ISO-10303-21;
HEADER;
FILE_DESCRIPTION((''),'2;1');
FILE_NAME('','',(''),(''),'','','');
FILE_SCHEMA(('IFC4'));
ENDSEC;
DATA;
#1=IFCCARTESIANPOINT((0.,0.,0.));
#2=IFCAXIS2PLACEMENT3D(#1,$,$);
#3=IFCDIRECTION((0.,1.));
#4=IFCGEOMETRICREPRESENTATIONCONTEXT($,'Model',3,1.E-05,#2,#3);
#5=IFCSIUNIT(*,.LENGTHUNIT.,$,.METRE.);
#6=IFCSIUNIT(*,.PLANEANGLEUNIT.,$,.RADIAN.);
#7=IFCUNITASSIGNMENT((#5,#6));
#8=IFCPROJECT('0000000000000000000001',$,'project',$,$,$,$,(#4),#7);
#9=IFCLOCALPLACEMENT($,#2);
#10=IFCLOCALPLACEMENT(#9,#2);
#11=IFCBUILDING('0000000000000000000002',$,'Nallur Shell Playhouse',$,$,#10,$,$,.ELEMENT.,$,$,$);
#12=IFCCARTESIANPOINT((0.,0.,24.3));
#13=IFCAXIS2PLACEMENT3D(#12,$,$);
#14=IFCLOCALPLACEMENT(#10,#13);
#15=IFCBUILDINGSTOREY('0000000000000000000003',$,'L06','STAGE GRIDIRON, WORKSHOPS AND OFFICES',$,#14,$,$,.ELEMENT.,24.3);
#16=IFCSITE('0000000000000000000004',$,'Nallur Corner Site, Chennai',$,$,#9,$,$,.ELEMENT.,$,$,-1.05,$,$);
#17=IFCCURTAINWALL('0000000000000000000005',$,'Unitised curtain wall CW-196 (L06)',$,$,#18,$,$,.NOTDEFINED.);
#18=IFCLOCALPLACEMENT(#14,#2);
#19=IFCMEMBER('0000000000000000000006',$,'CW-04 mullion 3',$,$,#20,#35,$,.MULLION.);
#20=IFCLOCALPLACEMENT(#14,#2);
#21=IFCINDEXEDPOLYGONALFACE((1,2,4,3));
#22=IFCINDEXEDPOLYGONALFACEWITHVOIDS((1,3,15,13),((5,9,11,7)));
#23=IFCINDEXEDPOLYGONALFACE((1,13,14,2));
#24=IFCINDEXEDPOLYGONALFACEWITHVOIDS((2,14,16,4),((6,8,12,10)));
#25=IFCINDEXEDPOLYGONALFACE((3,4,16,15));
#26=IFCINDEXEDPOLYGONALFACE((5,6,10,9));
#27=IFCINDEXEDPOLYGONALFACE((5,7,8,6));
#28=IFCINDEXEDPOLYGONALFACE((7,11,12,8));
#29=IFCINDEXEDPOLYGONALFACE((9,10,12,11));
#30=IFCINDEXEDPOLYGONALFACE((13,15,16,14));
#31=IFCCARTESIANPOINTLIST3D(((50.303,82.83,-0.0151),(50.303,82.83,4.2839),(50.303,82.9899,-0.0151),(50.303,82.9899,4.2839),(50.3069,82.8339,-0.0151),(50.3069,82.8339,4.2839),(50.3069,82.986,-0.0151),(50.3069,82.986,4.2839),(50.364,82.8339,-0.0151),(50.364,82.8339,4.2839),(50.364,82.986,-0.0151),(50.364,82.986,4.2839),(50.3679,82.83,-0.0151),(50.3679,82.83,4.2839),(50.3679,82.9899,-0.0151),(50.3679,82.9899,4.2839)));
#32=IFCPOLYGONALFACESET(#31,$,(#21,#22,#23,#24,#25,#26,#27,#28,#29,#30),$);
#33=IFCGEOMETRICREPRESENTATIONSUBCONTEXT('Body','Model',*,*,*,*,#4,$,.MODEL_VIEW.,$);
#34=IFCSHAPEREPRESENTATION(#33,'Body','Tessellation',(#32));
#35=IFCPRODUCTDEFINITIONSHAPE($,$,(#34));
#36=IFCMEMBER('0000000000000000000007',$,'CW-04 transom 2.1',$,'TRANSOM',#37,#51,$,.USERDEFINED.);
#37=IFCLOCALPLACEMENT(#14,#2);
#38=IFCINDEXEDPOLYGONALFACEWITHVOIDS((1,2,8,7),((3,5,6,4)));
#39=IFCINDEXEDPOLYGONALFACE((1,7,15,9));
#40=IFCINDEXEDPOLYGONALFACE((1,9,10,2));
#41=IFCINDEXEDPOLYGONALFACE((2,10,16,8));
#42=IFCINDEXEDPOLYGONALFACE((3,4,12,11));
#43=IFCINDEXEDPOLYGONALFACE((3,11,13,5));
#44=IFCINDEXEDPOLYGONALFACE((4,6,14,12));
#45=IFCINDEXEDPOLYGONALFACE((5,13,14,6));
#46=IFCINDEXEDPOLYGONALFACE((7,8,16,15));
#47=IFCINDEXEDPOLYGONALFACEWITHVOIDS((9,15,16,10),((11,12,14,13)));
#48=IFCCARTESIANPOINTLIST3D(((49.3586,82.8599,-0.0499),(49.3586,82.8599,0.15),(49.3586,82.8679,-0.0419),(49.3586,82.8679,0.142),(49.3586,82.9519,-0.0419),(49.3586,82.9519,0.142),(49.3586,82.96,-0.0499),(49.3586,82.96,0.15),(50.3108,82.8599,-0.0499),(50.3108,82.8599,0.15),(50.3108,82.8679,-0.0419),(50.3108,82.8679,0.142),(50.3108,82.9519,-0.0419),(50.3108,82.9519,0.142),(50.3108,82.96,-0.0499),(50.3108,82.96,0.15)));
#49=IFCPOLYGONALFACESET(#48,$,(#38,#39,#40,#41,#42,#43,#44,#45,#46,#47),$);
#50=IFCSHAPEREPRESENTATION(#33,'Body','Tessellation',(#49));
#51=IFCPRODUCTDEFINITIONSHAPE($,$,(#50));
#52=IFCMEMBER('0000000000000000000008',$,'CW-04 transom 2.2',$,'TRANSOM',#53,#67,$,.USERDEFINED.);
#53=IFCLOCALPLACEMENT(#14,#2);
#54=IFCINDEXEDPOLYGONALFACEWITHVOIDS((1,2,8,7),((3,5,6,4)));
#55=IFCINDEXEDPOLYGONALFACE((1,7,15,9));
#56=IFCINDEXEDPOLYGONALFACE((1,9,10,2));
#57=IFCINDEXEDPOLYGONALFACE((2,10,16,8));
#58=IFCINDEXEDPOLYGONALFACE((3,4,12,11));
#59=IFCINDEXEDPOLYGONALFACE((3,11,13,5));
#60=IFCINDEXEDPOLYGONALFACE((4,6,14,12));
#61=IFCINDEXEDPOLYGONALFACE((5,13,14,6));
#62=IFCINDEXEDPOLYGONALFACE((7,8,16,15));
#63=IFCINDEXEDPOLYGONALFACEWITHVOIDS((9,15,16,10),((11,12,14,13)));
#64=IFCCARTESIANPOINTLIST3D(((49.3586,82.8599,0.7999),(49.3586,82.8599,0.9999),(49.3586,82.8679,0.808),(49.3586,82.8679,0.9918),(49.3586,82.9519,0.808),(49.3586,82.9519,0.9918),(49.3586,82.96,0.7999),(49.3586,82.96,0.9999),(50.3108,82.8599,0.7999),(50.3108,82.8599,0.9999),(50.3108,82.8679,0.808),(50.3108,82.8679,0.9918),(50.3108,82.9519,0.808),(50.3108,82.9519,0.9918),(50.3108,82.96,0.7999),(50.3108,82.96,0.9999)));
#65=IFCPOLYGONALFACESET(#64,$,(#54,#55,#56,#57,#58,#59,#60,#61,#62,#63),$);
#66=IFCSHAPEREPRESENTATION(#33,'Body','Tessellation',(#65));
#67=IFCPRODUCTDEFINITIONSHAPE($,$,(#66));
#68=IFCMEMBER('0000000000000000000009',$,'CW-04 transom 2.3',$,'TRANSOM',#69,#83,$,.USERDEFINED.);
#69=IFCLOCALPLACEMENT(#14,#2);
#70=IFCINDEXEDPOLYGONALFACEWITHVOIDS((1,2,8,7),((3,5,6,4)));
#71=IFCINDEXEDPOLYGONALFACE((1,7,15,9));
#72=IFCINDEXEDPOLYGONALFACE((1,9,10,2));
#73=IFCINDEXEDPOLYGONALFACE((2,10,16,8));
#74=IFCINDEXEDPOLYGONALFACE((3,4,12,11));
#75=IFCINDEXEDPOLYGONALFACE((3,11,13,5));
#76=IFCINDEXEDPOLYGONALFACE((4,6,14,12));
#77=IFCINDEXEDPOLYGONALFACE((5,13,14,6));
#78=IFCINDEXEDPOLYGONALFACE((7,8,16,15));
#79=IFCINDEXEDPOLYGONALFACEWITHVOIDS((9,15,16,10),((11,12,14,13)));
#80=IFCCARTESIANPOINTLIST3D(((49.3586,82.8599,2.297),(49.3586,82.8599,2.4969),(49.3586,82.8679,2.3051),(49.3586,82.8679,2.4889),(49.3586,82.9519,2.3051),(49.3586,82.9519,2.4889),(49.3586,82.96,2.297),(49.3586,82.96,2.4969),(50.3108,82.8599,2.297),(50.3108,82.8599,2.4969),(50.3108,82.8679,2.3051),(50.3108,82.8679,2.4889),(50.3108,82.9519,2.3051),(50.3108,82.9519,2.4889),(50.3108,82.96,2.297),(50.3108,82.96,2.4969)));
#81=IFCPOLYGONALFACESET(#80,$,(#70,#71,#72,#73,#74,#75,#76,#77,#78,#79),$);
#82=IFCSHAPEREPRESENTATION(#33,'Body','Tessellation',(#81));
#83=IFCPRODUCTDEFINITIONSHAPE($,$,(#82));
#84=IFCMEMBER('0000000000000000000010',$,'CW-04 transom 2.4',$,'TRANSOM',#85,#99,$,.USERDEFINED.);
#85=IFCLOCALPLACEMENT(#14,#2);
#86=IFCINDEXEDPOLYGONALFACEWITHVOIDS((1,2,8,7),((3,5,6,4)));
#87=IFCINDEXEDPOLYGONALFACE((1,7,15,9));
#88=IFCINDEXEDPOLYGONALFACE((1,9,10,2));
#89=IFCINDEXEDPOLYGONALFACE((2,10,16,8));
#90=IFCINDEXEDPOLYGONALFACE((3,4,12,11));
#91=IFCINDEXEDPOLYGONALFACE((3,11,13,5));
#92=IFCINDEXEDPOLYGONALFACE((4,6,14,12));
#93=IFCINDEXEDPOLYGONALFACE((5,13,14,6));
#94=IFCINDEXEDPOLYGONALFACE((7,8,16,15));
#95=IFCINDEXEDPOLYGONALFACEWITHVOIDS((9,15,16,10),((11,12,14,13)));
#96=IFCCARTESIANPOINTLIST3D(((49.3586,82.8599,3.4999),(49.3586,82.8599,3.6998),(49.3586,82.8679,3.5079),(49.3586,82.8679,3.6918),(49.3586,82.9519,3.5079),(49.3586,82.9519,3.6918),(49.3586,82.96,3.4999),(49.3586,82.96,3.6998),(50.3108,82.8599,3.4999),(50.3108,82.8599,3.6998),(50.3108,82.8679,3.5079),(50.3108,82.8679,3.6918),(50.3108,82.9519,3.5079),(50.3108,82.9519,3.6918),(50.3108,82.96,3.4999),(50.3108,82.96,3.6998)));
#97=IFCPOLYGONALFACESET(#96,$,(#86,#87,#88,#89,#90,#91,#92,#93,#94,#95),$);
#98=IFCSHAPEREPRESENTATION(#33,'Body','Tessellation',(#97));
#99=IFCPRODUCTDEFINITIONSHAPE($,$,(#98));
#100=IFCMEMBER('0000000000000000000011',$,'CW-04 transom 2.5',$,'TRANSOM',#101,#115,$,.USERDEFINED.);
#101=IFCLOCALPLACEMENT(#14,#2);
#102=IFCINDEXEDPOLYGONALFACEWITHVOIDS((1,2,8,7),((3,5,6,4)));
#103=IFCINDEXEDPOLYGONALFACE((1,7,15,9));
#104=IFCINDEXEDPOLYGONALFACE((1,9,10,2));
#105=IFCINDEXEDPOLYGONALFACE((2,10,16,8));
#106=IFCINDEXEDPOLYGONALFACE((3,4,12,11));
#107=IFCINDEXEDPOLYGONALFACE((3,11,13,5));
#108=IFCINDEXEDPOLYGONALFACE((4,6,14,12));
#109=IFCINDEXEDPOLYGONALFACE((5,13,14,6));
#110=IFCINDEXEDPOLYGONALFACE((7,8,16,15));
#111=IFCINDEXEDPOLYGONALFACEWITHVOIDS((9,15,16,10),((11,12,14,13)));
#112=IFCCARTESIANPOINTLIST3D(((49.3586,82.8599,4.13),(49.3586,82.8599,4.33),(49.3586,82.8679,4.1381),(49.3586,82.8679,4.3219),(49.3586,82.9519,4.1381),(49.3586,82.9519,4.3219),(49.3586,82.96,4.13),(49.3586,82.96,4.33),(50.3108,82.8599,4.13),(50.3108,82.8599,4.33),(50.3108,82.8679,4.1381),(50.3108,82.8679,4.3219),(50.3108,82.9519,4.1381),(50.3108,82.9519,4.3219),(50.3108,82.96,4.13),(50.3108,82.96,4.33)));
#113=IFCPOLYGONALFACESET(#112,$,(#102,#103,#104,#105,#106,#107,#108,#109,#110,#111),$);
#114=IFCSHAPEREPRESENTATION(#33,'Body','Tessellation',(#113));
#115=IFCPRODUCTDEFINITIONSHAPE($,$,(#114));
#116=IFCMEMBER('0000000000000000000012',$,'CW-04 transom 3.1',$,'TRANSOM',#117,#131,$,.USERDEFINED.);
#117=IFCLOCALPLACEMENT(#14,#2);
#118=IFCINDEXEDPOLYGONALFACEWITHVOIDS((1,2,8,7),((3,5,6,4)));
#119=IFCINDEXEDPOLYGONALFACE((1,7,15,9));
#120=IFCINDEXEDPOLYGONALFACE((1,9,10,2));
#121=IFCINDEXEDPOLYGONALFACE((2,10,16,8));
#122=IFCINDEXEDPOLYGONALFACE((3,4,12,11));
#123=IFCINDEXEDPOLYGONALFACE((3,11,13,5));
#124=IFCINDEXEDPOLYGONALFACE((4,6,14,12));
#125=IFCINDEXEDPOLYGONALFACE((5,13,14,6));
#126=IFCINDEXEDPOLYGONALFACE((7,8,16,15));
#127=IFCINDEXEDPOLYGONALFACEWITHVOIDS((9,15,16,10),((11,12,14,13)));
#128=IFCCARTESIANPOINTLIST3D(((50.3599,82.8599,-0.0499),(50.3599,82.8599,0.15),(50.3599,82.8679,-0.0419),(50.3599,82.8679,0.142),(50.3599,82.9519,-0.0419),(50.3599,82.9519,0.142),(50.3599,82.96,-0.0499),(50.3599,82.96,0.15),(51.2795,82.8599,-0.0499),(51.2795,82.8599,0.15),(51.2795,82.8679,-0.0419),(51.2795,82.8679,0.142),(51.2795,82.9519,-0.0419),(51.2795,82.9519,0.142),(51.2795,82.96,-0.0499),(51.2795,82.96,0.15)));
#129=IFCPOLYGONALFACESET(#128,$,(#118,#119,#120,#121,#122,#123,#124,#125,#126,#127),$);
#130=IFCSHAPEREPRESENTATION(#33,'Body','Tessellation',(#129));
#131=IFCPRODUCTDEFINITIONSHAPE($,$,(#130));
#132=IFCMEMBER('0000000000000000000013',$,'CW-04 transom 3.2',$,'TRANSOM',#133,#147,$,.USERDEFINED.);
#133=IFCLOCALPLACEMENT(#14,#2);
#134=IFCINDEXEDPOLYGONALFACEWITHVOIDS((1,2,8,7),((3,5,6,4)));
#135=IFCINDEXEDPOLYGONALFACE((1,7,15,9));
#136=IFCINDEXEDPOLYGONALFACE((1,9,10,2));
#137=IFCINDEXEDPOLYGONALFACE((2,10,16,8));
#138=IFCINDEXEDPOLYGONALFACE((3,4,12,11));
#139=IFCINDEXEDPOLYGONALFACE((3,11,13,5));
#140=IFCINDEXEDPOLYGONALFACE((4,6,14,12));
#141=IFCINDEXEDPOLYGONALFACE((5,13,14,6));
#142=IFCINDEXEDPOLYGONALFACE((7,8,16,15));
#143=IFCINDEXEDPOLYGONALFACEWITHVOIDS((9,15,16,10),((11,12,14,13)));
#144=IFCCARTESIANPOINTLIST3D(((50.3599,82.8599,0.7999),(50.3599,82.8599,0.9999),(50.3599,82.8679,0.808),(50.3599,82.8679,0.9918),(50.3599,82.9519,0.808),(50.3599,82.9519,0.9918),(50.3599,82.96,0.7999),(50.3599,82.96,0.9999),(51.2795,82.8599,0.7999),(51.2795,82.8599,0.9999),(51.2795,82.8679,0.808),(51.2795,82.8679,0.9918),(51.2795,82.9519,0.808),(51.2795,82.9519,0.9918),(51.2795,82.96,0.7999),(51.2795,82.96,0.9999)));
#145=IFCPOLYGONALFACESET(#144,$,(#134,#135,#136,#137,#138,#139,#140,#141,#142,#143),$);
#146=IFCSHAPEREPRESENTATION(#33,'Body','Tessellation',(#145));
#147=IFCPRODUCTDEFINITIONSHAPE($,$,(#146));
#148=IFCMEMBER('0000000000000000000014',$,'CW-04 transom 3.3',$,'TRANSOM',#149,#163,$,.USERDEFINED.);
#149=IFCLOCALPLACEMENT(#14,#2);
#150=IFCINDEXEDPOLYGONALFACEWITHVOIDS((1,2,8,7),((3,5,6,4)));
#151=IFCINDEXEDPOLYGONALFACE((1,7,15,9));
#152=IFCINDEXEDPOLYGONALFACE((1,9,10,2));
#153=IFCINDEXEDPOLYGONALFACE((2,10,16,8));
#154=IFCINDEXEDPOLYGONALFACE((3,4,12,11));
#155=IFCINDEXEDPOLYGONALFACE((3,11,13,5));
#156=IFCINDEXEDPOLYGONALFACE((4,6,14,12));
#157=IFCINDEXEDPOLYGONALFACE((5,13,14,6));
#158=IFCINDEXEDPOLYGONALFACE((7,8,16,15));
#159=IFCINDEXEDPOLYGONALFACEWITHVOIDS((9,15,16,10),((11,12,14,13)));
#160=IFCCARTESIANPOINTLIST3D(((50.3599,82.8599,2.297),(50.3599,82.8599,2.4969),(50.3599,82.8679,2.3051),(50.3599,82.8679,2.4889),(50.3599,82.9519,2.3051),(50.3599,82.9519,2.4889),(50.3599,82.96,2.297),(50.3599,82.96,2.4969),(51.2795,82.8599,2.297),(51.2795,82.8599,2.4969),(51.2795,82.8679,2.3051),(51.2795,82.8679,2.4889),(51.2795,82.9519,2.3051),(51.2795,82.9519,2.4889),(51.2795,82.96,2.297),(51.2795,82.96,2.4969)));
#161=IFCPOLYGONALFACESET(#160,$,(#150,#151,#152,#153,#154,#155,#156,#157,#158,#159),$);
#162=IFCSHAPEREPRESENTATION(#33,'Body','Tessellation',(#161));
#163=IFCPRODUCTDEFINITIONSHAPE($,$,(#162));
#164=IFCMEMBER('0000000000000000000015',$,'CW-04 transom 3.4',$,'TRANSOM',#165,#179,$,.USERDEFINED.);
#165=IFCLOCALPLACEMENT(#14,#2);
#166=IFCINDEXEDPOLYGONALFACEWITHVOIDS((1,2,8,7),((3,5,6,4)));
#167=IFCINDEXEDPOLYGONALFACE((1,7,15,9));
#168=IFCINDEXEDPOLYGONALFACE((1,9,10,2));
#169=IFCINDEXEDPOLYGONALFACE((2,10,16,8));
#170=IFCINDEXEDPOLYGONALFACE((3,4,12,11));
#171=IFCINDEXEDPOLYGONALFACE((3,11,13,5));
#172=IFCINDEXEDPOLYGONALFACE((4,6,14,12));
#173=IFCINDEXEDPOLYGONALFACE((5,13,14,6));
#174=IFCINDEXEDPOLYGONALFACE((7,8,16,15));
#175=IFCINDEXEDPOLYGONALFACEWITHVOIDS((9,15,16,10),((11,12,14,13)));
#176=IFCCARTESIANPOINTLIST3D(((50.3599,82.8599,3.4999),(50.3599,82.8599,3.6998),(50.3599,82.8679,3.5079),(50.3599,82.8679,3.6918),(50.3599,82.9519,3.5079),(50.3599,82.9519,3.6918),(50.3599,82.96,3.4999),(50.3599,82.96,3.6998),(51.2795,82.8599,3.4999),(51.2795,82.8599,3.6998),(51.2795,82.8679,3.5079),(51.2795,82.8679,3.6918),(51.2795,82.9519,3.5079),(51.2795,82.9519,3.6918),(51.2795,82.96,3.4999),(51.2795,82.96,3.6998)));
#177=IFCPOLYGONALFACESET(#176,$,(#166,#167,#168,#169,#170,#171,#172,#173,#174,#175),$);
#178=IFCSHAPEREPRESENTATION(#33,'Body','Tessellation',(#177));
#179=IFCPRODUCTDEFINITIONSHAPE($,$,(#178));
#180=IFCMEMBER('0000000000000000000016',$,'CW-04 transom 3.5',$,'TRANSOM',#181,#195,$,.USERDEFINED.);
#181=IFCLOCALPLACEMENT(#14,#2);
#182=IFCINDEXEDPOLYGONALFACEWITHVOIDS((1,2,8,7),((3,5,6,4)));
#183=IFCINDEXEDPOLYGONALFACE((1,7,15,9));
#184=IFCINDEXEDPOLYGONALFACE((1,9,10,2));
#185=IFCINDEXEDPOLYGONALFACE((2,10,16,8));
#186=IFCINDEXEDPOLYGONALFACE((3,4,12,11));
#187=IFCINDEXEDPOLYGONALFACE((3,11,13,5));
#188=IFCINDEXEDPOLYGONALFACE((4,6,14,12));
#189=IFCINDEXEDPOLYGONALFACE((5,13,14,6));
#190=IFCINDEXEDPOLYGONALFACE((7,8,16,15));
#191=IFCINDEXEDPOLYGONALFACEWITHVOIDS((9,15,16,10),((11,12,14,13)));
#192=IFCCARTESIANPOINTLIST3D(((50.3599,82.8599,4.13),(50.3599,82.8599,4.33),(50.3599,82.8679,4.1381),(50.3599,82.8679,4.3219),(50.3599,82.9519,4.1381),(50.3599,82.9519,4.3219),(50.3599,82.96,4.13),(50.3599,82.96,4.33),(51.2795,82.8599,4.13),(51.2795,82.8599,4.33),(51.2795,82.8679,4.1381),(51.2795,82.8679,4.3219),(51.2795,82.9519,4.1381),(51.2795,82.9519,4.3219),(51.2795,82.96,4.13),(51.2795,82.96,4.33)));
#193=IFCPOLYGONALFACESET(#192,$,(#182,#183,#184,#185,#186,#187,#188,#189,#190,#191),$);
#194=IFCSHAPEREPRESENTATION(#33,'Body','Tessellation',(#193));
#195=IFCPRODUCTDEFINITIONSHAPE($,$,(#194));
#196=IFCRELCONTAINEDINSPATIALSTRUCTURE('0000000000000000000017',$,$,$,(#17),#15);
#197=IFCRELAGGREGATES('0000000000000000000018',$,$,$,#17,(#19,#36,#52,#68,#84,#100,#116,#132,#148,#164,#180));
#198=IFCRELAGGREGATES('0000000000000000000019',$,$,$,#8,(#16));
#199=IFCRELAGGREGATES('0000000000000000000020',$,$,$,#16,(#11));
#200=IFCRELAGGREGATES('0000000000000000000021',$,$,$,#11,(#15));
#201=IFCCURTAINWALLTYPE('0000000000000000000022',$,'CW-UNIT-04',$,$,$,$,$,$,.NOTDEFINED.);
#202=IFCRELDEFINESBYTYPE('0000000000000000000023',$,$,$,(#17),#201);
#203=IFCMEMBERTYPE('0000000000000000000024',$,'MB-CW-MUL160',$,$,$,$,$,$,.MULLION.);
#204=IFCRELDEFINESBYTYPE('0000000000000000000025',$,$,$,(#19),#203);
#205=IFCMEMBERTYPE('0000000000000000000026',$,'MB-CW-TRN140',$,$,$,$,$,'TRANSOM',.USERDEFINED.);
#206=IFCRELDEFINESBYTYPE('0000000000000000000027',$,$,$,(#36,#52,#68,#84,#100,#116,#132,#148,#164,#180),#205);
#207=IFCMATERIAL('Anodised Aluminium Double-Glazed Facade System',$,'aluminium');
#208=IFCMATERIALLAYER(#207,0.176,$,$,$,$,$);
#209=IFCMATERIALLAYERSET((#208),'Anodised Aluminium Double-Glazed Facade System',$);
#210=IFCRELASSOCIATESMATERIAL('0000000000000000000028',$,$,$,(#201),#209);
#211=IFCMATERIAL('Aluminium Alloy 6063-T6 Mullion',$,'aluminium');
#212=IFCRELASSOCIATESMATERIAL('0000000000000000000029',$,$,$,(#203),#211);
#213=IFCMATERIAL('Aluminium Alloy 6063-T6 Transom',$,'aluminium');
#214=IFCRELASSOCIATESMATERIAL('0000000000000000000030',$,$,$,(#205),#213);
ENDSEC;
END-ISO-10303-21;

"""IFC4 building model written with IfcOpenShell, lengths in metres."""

from ifc_helpers import new_model, si_unit, direction, frame, origin, origin_2d, place, context, subcontext, project, spatial, hollow_rectangle, extrude, material, layer, layer_set, material_profile, profile_set, type_object, element, aggregate, save


model = new_model("IFC4")

# Units and contexts
model_context = context("Model", 3, precision=1e-05, world=origin(), true_north=direction((0.0, 1.0)))
body_context = subcontext(model_context, "Body", "Model", "MODEL_VIEW")
ifc_project = project(units=[si_unit("LENGTHUNIT", "METRE"), si_unit("PLANEANGLEUNIT", "RADIAN")], contexts=[model_context])

# Site, building, storey
site_placement = place(None, origin())
site = spatial("IfcSite", under=ifc_project, at=site_placement, Name="Nallur Corner Site, Chennai", CompositionType="ELEMENT", RefElevation=-1.05)
building_placement = place(site_placement, origin())
building = spatial("IfcBuilding", under=site, at=building_placement, Name="Nallur Shell Playhouse", CompositionType="ELEMENT")
storey_placement = place(building_placement, frame((0.0, 0.0, 24.3)))
storey = spatial("IfcBuildingStorey", under=building, at=storey_placement, Name="L06", Description="STAGE GRIDIRON, WORKSHOPS AND OFFICES", CompositionType="ELEMENT", Elevation=24.3)

# Curtain wall, members
ifc_material_1 = material(Name="Anodised Aluminium Double-Glazed Facade System", Category="aluminium")
ifc_layer_1 = layer(ifc_material_1, 0.176)
ifc_layer_set_1 = layer_set([ifc_layer_1], Name="Anodised Aluminium Double-Glazed Facade System")
curtain_wall_type = type_object("IfcCurtainWallType", Name="CW-UNIT-04", PredefinedType="NOTDEFINED", material=ifc_layer_set_1)
curtain_wall_placement = place(storey_placement, origin())
curtain_wall = element("IfcCurtainWall", 1, at=curtain_wall_placement, inside=storey, type_object=curtain_wall_type, Name="Unitised curtain wall CW-196 (L06)", PredefinedType="NOTDEFINED")
ifc_material_2 = material(Name="Aluminium Alloy 6063-T6 Mullion", Category="aluminium")
ifc_material_profile_1 = material_profile(ifc_material_2, hollow_rectangle(XDim=0.0649, YDim=0.1599, WallThickness=0.0039, at=origin_2d()), Name="ALU 65x160x4")
ifc_profile_set_1 = profile_set([ifc_material_profile_1], Name="Aluminium Alloy 6063-T6 Mullion")
member_type_1 = type_object("IfcMemberType", Name="MB-CW-MUL160", PredefinedType="MULLION", material=ifc_profile_set_1)
member_1_placement = place(storey_placement, frame((50.3354, 82.9099, -0.0151), z_axis=(0.0, 0.0, 1.0), x_axis=(1.0, 0.0, 0.0)))
member_1 = element("IfcMember", 2, at=member_1_placement, type_object=member_type_1, Name="CW-04 mullion 3", PredefinedType="MULLION", context=body_context, shape_type="SweptSolid", body=[
    extrude(hollow_rectangle(XDim=0.0649, YDim=0.1599, WallThickness=0.0039, at=origin_2d()), origin(), (0.0, 0.0, 1.0), 4.2991),
])
ifc_material_3 = material(Name="Aluminium Alloy 6063-T6 Transom", Category="aluminium")
ifc_material_profile_2 = material_profile(ifc_material_3, hollow_rectangle(XDim=0.1001, YDim=0.2, WallThickness=0.0081, at=origin_2d()), Name="RHS 200x100x8")
ifc_profile_set_2 = profile_set([ifc_material_profile_2], Name="Aluminium Alloy 6063-T6 Transom")
member_type_2 = type_object("IfcMemberType", Name="MB-CW-TRN140", ElementType="TRANSOM", PredefinedType="USERDEFINED", material=ifc_profile_set_2)
member_2_placement = place(storey_placement, frame((49.3586, 82.9099, 0.05), z_axis=(1.0, 0.0, 0.0), x_axis=(0.0, 1.0, 0.0)))
member_2 = element("IfcMember", 3, at=member_2_placement, type_object=member_type_2, Name="CW-04 transom 2.1", ObjectType="TRANSOM", PredefinedType="USERDEFINED", context=body_context, shape_type="SweptSolid", body=[
    extrude(hollow_rectangle(XDim=0.1001, YDim=0.2, WallThickness=0.0081, at=origin_2d()), origin(), (0.0, 0.0, 1.0), 0.9521),
])
member_3_placement = place(storey_placement, frame((49.3586, 82.9099, 0.8999), z_axis=(1.0, 0.0, 0.0), x_axis=(0.0, 1.0, 0.0)))
member_3 = element("IfcMember", 4, at=member_3_placement, type_object=member_type_2, Name="CW-04 transom 2.2", ObjectType="TRANSOM", PredefinedType="USERDEFINED", context=body_context, shape_type="SweptSolid", body=[
    extrude(hollow_rectangle(XDim=0.1001, YDim=0.2, WallThickness=0.0081, at=origin_2d()), origin(), (0.0, 0.0, 1.0), 0.9521),
])
member_4_placement = place(storey_placement, frame((49.3586, 82.9099, 2.397), z_axis=(1.0, 0.0, 0.0), x_axis=(0.0, 1.0, 0.0)))
member_4 = element("IfcMember", 5, at=member_4_placement, type_object=member_type_2, Name="CW-04 transom 2.3", ObjectType="TRANSOM", PredefinedType="USERDEFINED", context=body_context, shape_type="SweptSolid", body=[
    extrude(hollow_rectangle(XDim=0.1001, YDim=0.2, WallThickness=0.0081, at=origin_2d()), origin(), (0.0, 0.0, 1.0), 0.9521),
])
member_5_placement = place(storey_placement, frame((49.3586, 82.9099, 3.5999), z_axis=(1.0, 0.0, 0.0), x_axis=(0.0, 1.0, 0.0)))
member_5 = element("IfcMember", 6, at=member_5_placement, type_object=member_type_2, Name="CW-04 transom 2.4", ObjectType="TRANSOM", PredefinedType="USERDEFINED", context=body_context, shape_type="SweptSolid", body=[
    extrude(hollow_rectangle(XDim=0.1001, YDim=0.2, WallThickness=0.0081, at=origin_2d()), origin(), (0.0, 0.0, 1.0), 0.9521),
])
member_6_placement = place(storey_placement, frame((49.3586, 82.9099, 4.23), z_axis=(1.0, 0.0, 0.0), x_axis=(0.0, 1.0, 0.0)))
member_6 = element("IfcMember", 7, at=member_6_placement, type_object=member_type_2, Name="CW-04 transom 2.5", ObjectType="TRANSOM", PredefinedType="USERDEFINED", context=body_context, shape_type="SweptSolid", body=[
    extrude(hollow_rectangle(XDim=0.1001, YDim=0.2, WallThickness=0.0081, at=origin_2d()), origin(), (0.0, 0.0, 1.0), 0.9521),
])
member_7_placement = place(storey_placement, frame((50.3599, 82.9099, 0.05), z_axis=(1.0, 0.0, 0.0), x_axis=(0.0, 1.0, 0.0)))
member_7 = element("IfcMember", 8, at=member_7_placement, type_object=member_type_2, Name="CW-04 transom 3.1", ObjectType="TRANSOM", PredefinedType="USERDEFINED", context=body_context, shape_type="SweptSolid", body=[
    extrude(hollow_rectangle(XDim=0.1001, YDim=0.2, WallThickness=0.0081, at=origin_2d()), origin(), (0.0, 0.0, 1.0), 0.9197),
])
member_8_placement = place(storey_placement, frame((50.3599, 82.9099, 0.8999), z_axis=(1.0, 0.0, 0.0), x_axis=(0.0, 1.0, 0.0)))
member_8 = element("IfcMember", 9, at=member_8_placement, type_object=member_type_2, Name="CW-04 transom 3.2", ObjectType="TRANSOM", PredefinedType="USERDEFINED", context=body_context, shape_type="SweptSolid", body=[
    extrude(hollow_rectangle(XDim=0.1001, YDim=0.2, WallThickness=0.0081, at=origin_2d()), origin(), (0.0, 0.0, 1.0), 0.9197),
])
member_9_placement = place(storey_placement, frame((50.3599, 82.9099, 2.397), z_axis=(1.0, 0.0, 0.0), x_axis=(0.0, 1.0, 0.0)))
member_9 = element("IfcMember", 10, at=member_9_placement, type_object=member_type_2, Name="CW-04 transom 3.3", ObjectType="TRANSOM", PredefinedType="USERDEFINED", context=body_context, shape_type="SweptSolid", body=[
    extrude(hollow_rectangle(XDim=0.1001, YDim=0.2, WallThickness=0.0081, at=origin_2d()), origin(), (0.0, 0.0, 1.0), 0.9197),
])
member_10_placement = place(storey_placement, frame((50.3599, 82.9099, 3.5999), z_axis=(1.0, 0.0, 0.0), x_axis=(0.0, 1.0, 0.0)))
member_10 = element("IfcMember", 11, at=member_10_placement, type_object=member_type_2, Name="CW-04 transom 3.4", ObjectType="TRANSOM", PredefinedType="USERDEFINED", context=body_context, shape_type="SweptSolid", body=[
    extrude(hollow_rectangle(XDim=0.1001, YDim=0.2, WallThickness=0.0081, at=origin_2d()), origin(), (0.0, 0.0, 1.0), 0.9197),
])
member_11_placement = place(storey_placement, frame((50.3599, 82.9099, 4.23), z_axis=(1.0, 0.0, 0.0), x_axis=(0.0, 1.0, 0.0)))
member_11 = element("IfcMember", 12, at=member_11_placement, type_object=member_type_2, Name="CW-04 transom 3.5", ObjectType="TRANSOM", PredefinedType="USERDEFINED", context=body_context, shape_type="SweptSolid", body=[
    extrude(hollow_rectangle(XDim=0.1001, YDim=0.2, WallThickness=0.0081, at=origin_2d()), origin(), (0.0, 0.0, 1.0), 0.9197),
])
aggregate(curtain_wall, [member_1, member_2, member_3, member_4, member_5, member_6, member_7, member_8, member_9, member_10, member_11])

save(model, "model.ifc")
